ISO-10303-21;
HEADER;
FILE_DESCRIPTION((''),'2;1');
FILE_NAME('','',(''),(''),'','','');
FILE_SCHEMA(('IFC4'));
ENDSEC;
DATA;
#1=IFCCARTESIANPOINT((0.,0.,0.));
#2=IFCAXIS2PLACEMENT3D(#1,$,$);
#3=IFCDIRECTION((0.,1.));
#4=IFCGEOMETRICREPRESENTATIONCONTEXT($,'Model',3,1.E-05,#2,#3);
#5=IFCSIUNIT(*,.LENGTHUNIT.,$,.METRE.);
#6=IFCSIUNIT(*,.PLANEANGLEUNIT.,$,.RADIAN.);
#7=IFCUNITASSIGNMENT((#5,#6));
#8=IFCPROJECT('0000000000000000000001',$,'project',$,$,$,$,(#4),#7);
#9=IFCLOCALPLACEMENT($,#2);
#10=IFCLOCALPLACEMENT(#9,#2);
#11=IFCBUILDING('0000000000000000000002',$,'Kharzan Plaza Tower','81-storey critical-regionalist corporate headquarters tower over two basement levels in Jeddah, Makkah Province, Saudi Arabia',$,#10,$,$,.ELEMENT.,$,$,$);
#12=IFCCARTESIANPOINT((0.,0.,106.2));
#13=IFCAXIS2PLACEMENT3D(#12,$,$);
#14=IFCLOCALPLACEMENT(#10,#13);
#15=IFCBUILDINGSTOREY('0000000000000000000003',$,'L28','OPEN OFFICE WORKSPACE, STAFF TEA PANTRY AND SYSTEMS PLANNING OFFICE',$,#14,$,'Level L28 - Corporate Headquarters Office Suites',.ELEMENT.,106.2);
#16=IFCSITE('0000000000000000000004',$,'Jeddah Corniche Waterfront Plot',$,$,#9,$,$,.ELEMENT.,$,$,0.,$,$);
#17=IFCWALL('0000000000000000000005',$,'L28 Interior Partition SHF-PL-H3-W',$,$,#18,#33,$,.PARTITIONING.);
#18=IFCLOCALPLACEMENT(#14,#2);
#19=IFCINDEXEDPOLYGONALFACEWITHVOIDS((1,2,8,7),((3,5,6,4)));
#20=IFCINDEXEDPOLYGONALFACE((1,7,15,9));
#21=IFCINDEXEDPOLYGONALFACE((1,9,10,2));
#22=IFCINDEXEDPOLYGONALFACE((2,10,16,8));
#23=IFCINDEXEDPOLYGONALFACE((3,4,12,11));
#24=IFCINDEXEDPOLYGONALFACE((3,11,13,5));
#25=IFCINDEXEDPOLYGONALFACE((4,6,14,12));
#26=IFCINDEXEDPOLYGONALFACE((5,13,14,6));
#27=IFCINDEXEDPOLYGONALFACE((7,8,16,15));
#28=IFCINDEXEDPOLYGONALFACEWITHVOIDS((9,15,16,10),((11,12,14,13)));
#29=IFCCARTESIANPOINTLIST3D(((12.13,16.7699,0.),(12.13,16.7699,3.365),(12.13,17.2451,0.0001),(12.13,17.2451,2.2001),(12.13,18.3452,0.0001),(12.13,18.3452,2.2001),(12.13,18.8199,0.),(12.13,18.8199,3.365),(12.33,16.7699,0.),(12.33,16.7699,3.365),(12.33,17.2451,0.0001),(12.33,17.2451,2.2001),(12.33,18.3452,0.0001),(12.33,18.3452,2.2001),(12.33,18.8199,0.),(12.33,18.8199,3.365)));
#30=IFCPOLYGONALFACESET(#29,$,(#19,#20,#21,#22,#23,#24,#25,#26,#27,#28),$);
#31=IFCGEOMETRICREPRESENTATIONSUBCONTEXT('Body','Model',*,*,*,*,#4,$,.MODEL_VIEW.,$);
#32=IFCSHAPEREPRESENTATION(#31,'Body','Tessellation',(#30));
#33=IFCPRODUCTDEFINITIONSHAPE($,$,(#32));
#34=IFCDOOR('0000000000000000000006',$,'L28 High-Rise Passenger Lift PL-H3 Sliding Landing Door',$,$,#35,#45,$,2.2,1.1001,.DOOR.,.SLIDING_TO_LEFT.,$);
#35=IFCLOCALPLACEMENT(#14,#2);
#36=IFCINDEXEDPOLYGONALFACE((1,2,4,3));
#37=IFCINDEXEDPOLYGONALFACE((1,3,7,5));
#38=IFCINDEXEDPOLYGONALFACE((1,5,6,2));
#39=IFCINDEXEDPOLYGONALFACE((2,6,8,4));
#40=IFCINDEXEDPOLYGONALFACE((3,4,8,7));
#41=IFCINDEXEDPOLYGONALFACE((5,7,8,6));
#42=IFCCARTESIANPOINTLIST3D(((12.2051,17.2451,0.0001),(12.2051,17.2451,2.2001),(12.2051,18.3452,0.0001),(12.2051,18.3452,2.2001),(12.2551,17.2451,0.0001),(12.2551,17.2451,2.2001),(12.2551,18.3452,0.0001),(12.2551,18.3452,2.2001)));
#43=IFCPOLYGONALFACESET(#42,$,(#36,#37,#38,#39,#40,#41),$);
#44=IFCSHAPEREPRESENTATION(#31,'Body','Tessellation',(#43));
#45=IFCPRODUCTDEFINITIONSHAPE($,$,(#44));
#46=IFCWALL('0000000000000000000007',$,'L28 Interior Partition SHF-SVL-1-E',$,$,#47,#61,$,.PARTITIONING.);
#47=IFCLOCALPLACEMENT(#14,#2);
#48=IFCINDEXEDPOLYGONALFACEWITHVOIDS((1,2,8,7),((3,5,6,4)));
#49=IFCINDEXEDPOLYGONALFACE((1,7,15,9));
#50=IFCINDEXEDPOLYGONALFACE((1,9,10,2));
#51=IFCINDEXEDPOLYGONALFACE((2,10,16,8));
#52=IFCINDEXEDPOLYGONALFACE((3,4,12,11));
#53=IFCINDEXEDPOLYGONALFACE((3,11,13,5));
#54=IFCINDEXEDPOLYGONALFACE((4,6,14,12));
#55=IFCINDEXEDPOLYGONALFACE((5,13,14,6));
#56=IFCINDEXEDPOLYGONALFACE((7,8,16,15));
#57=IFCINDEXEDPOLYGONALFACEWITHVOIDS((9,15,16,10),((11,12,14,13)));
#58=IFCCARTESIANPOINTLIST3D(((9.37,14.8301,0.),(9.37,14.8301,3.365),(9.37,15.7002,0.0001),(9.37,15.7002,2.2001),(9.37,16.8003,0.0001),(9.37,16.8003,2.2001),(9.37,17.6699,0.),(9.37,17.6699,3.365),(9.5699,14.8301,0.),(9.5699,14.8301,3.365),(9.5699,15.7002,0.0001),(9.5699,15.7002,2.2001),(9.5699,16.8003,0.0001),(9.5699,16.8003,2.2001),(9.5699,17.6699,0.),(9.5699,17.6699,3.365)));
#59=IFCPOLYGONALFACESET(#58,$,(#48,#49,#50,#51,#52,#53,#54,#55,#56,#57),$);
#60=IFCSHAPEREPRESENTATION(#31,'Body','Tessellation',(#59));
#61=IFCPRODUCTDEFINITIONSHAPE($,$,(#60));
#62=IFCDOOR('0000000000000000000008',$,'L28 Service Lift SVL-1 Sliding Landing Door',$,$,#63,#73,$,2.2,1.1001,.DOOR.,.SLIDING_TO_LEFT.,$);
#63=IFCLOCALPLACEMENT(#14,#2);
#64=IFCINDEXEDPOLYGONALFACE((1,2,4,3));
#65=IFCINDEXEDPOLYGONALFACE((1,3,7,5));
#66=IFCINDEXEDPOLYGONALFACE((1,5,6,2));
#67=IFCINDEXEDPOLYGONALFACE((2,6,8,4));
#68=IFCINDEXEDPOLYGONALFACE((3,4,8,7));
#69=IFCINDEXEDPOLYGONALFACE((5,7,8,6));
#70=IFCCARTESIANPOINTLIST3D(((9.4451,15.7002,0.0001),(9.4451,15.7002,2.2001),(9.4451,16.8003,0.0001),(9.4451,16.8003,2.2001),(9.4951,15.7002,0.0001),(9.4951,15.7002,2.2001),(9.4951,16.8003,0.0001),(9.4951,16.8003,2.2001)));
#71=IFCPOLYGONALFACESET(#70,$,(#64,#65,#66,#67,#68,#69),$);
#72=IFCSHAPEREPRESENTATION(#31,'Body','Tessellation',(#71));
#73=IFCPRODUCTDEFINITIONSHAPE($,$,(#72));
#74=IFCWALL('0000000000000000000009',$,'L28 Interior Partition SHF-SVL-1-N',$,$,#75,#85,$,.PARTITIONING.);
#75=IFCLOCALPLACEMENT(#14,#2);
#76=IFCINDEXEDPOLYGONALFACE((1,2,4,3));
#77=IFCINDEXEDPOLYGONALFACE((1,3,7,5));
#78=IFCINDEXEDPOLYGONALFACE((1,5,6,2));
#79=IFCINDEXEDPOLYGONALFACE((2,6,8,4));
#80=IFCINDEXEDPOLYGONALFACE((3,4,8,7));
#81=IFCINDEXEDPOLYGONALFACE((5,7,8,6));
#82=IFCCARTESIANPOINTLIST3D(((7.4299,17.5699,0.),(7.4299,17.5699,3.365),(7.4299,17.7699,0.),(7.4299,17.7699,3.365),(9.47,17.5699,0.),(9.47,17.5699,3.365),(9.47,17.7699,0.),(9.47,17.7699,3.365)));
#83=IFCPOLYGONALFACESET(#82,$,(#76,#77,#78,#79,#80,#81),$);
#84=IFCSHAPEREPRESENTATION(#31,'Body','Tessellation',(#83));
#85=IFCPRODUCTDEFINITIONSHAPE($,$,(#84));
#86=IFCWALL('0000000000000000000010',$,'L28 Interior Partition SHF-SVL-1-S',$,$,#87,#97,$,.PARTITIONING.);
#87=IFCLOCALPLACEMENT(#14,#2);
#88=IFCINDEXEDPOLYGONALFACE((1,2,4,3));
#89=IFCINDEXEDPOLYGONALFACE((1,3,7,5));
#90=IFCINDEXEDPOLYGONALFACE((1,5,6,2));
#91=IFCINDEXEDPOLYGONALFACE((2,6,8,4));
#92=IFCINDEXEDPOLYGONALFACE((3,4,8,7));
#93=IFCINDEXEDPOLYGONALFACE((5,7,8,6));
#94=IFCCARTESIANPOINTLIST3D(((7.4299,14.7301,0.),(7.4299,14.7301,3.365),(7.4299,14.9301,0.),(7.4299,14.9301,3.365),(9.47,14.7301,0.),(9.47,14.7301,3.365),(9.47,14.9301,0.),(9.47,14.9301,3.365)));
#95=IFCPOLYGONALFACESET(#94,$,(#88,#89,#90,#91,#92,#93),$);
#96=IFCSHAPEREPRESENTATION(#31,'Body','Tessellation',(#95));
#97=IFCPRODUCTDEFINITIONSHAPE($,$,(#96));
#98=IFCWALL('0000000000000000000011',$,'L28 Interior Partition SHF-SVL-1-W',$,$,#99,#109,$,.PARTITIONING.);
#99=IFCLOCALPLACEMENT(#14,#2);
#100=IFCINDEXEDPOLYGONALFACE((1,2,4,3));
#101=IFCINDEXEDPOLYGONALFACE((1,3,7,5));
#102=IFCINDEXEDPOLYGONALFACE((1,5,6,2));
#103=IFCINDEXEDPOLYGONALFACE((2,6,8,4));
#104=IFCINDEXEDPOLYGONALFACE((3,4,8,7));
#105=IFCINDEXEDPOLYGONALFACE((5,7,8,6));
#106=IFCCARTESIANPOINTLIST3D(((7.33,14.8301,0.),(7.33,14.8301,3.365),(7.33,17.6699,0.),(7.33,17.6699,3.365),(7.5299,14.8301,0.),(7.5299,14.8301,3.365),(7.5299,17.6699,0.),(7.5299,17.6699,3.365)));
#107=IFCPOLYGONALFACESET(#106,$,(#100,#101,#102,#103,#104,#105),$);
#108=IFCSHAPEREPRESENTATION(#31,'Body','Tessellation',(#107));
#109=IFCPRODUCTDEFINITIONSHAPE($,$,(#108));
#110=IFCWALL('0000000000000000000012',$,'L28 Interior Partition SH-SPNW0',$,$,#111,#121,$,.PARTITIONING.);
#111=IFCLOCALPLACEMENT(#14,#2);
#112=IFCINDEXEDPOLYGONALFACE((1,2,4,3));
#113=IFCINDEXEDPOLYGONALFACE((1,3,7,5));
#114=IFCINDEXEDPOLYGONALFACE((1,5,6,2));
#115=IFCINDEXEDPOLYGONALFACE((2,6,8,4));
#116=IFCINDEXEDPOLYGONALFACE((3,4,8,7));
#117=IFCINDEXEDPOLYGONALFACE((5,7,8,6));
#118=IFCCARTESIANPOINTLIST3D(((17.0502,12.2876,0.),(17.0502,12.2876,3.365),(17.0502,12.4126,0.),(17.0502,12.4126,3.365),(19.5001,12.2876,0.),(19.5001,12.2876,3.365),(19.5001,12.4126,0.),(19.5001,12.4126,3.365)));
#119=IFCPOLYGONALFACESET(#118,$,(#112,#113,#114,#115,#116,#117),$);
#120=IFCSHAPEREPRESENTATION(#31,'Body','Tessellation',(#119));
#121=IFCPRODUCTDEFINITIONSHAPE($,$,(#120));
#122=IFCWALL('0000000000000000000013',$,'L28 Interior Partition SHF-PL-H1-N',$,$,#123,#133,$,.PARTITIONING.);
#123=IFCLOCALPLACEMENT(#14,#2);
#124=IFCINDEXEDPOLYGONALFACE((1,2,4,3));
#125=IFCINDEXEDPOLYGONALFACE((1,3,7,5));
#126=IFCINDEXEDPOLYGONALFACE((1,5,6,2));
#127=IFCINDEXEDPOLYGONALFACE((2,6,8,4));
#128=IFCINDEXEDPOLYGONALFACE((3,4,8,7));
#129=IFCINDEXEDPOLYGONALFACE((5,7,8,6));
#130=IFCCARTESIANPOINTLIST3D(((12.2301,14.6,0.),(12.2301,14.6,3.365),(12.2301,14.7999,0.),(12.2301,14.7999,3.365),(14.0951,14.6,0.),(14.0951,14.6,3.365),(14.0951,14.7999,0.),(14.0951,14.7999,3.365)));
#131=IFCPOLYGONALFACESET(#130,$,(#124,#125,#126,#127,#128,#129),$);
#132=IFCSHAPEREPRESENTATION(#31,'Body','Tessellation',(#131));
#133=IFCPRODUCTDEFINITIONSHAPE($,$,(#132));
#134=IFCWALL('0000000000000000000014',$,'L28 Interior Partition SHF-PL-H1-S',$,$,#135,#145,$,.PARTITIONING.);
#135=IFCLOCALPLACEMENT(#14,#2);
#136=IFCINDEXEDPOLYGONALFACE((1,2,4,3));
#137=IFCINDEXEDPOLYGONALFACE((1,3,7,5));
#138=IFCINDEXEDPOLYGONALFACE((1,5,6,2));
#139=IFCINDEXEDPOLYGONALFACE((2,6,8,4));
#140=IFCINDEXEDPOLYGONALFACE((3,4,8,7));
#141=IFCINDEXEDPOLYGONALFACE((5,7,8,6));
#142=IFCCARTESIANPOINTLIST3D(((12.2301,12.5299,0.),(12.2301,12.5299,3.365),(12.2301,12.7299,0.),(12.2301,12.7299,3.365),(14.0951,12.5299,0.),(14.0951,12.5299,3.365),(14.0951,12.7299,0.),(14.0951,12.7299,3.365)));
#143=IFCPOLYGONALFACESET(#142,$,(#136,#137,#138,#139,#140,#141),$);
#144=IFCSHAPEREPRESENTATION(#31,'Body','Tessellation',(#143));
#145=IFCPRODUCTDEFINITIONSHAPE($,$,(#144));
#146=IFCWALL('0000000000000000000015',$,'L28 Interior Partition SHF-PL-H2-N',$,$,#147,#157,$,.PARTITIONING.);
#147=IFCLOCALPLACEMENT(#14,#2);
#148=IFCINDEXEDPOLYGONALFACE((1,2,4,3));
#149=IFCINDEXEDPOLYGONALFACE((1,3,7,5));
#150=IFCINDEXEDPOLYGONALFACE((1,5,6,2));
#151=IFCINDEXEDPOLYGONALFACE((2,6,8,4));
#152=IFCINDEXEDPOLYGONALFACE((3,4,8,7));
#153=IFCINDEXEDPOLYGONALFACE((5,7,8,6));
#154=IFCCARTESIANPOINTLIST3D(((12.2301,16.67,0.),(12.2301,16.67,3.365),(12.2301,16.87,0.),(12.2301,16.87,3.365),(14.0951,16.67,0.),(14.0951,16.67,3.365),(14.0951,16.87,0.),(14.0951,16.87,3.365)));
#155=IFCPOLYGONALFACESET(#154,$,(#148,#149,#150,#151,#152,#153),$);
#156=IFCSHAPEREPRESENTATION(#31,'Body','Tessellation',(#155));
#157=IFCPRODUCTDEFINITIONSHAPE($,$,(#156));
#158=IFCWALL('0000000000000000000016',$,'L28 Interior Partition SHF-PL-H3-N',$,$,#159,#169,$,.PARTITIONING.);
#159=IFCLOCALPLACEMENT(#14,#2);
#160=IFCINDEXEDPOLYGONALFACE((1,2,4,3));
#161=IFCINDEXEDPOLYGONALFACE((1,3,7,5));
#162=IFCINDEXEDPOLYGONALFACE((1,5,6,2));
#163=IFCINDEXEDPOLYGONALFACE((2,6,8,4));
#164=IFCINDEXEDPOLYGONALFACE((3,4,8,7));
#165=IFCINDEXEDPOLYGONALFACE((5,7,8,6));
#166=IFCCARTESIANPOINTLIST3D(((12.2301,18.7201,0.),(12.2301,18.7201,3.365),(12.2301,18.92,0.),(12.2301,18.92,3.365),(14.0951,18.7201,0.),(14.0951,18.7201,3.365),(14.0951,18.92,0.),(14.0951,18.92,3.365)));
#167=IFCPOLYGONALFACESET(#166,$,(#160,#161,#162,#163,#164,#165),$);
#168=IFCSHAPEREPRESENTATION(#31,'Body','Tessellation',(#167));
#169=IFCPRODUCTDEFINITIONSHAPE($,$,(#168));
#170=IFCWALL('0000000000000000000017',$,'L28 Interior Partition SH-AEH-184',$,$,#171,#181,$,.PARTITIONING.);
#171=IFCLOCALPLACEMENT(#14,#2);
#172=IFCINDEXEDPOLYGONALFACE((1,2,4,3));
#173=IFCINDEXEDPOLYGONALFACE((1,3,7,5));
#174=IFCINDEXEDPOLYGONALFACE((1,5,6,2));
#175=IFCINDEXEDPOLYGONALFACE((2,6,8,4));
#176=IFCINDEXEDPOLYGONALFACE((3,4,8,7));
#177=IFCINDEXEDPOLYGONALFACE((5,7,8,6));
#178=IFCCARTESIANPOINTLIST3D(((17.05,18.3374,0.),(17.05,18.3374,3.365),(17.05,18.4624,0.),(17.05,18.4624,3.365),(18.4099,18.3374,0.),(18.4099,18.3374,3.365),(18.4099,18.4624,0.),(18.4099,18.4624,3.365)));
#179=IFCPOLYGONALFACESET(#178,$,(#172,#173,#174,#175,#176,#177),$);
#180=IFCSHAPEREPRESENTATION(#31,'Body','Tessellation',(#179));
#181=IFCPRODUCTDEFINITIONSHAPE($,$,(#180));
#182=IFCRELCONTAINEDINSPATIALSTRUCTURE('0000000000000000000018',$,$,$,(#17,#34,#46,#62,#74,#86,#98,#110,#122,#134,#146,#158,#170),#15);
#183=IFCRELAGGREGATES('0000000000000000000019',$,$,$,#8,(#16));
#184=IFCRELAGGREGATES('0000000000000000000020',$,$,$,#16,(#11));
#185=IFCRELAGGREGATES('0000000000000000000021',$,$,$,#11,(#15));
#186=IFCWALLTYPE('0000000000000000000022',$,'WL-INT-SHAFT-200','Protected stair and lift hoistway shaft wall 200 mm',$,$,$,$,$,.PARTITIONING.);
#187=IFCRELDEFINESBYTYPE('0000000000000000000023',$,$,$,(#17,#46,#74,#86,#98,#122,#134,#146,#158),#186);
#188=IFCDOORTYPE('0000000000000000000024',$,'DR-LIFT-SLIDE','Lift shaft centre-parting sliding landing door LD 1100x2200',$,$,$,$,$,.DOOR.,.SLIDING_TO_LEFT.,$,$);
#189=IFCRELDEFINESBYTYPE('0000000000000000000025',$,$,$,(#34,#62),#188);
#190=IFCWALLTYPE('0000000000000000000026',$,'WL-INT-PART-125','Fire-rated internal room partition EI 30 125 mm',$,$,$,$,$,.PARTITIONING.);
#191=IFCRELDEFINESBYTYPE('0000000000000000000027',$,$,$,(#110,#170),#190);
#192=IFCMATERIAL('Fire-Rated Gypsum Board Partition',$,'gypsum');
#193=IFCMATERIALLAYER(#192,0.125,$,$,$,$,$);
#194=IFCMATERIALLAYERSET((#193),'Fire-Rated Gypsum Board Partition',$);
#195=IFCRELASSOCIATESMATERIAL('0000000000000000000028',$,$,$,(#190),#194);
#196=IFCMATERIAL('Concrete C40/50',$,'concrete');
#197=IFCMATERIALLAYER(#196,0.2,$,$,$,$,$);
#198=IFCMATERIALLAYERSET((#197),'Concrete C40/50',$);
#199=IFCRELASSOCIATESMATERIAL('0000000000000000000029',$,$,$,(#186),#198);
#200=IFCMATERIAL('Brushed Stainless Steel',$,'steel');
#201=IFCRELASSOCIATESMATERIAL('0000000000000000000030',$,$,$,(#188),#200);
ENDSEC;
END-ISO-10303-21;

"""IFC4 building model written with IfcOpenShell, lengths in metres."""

from ifc_helpers import new_model, si_unit, direction, frame, frame_2d, origin, place, context, subcontext, project, spatial, rectangle, extrude, source, transform, mapped, material, layer, layer_set, type_object, element, fill, save


model = new_model("IFC4")

# Units and contexts
model_context = context("Model", 3, precision=1e-05, world=origin(), true_north=direction((0.0, 1.0)))
body_context = subcontext(model_context, "Body", "Model", "MODEL_VIEW")
ifc_project = project(units=[si_unit("LENGTHUNIT", "METRE"), si_unit("PLANEANGLEUNIT", "RADIAN")], contexts=[model_context])

# Site, building, storey
site_placement = place(None, origin())
site = spatial("IfcSite", under=ifc_project, at=site_placement, Name="Jeddah Corniche Waterfront Plot", CompositionType="ELEMENT", RefElevation=0.0)
building_placement = place(site_placement, origin())
building = spatial("IfcBuilding", under=site, at=building_placement, Name="Kharzan Plaza Tower", Description="81-storey critical-regionalist corporate headquarters tower over two basement levels in Jeddah, Makkah Province, Saudi Arabia", CompositionType="ELEMENT")
storey_placement = place(building_placement, frame((0.0, 0.0, 106.2)))
storey = spatial("IfcBuildingStorey", under=building, at=storey_placement, Name="L28", Description="OPEN OFFICE WORKSPACE, STAFF TEA PANTRY AND SYSTEMS PLANNING OFFICE", LongName="Level L28 - Corporate Headquarters Office Suites", CompositionType="ELEMENT", Elevation=106.2)

# Walls, openings, doors
ifc_material_1 = material(Name="Fire-Rated Gypsum Board Partition", Category="gypsum")
ifc_layer_1 = layer(ifc_material_1, 0.125)
ifc_layer_set_1 = layer_set([ifc_layer_1], Name="Fire-Rated Gypsum Board Partition")
wall_type_1 = type_object("IfcWallType", Name="WL-INT-PART-125", Description="Fire-rated internal room partition EI 30 125 mm", PredefinedType="PARTITIONING", material=ifc_layer_set_1)
ifc_material_2 = material(Name="Concrete C40/50", Category="concrete")
ifc_layer_2 = layer(ifc_material_2, 0.2)
ifc_layer_set_2 = layer_set([ifc_layer_2], Name="Concrete C40/50")
wall_type_2 = type_object("IfcWallType", Name="WL-INT-SHAFT-200", Description="Protected stair and lift hoistway shaft wall 200 mm", PredefinedType="PARTITIONING", material=ifc_layer_set_2)
ifc_material_3 = material(Name="Brushed Stainless Steel", Category="steel")
door_type_1 = type_object("IfcDoorType", Name="DR-LIFT-SLIDE", Description="Lift shaft centre-parting sliding landing door LD 1100x2200", OperationType="SLIDING_TO_LEFT", PredefinedType="DOOR", material=ifc_material_3)
shared_shape_1 = source(origin(), body_context, "Body", "SweptSolid", [
    extrude(rectangle(XDim=1.1001, YDim=2.2, at=frame_2d((0.55, 1.1001))), frame((0.0, 0.0249, 0.0), z_axis=(0.0, -1.0, 0.0), x_axis=(1.0, 0.0, 0.0)), (0.0, 0.0, 1.0), 0.05),
])
wall_1_placement = place(storey_placement, frame((12.23, 16.77, 0.0), z_axis=(0.0, 0.0, 1.0), x_axis=(0.0, 1.0, 0.0)))
wall_1 = element("IfcWall", 1, at=wall_1_placement, inside=storey, type_object=wall_type_2, Name="L28 Interior Partition SHF-PL-H3-W", PredefinedType="PARTITIONING", context=body_context, shape_type="SweptSolid", body=[
    extrude(rectangle(XDim=2.05, YDim=0.2, at=frame_2d((1.0249, 0.0))), origin(), (0.0, 0.0, 1.0), 3.365),
])
opening_1_placement = place(wall_1_placement, frame((0.4751, 0.0, 0.0)))
opening_1 = element("IfcOpeningElement", 2, at=opening_1_placement, cuts=wall_1, PredefinedType="OPENING", context=body_context, shape_type="SweptSolid", body=[
    extrude(rectangle(XDim=1.1001, YDim=2.2, at=frame_2d((0.55, 1.1001))), frame((0.0, 0.1099, 0.0), z_axis=(0.0, -1.0, 0.0), x_axis=(1.0, 0.0, 0.0)), (0.0, 0.0, 1.0), 0.22),
])
door_1_placement = place(opening_1_placement, origin())
door_1 = element("IfcDoor", 3, at=door_1_placement, inside=storey, type_object=door_type_1, Name="L28 High-Rise Passenger Lift PL-H3 Sliding Landing Door", OperationType="SLIDING_TO_LEFT", OverallHeight=2.2, OverallWidth=1.1001, PredefinedType="DOOR", context=body_context, shape_type="MappedRepresentation", body=[
    mapped(shared_shape_1, transform((0.0, 0.0, 0.0), x_axis=(1.0, 0.0, 0.0), y_axis=(0.0, 1.0, 0.0), z_axis=(0.0, 0.0, 1.0))),
])
fill(opening_1, door_1)
wall_2_placement = place(storey_placement, frame((9.47, 14.8301, 0.0), z_axis=(0.0, 0.0, 1.0), x_axis=(0.0, 1.0, 0.0)))
wall_2 = element("IfcWall", 4, at=wall_2_placement, inside=storey, type_object=wall_type_2, Name="L28 Interior Partition SHF-SVL-1-E", PredefinedType="PARTITIONING", context=body_context, shape_type="SweptSolid", body=[
    extrude(rectangle(XDim=2.8398, YDim=0.2, at=frame_2d((1.4199, 0.0))), origin(), (0.0, 0.0, 1.0), 3.365),
])
opening_2_placement = place(wall_2_placement, frame((0.8701, 0.0, 0.0)))
opening_2 = element("IfcOpeningElement", 5, at=opening_2_placement, cuts=wall_2, PredefinedType="OPENING", context=body_context, shape_type="SweptSolid", body=[
    extrude(rectangle(XDim=1.1001, YDim=2.2, at=frame_2d((0.55, 1.1001))), frame((0.0, 0.1099, 0.0), z_axis=(0.0, -1.0, 0.0), x_axis=(1.0, 0.0, 0.0)), (0.0, 0.0, 1.0), 0.22),
])
door_2_placement = place(opening_2_placement, origin())
door_2 = element("IfcDoor", 6, at=door_2_placement, inside=storey, type_object=door_type_1, Name="L28 Service Lift SVL-1 Sliding Landing Door", OperationType="SLIDING_TO_LEFT", OverallHeight=2.2, OverallWidth=1.1001, PredefinedType="DOOR", context=body_context, shape_type="MappedRepresentation", body=[
    mapped(shared_shape_1, transform((0.0, 0.0, 0.0), x_axis=(1.0, 0.0, 0.0), y_axis=(0.0, 1.0, 0.0), z_axis=(0.0, 0.0, 1.0))),
])
fill(opening_2, door_2)

# Walls
shared_shape_2 = source(origin(), body_context, "Body", "SweptSolid", [
    extrude(rectangle(XDim=2.04, YDim=0.2, at=frame_2d((1.02, 0.0))), origin(), (0.0, 0.0, 1.0), 3.365),
])
for number, where, z_axis, x_axis, name in (
    (7, (7.4299, 17.6699, 0.0), (0.0, 0.0, 1.0), (1.0, 0.0, 0.0), "L28 Interior Partition SHF-SVL-1-N"),
    (8, (7.4299, 14.8301, 0.0), (0.0, 0.0, 1.0), (1.0, 0.0, 0.0), "L28 Interior Partition SHF-SVL-1-S"),
):
    element("IfcWall", number, at=place(storey_placement, frame(where, z_axis=z_axis, x_axis=x_axis)), inside=storey, type_object=wall_type_2, Name=name, PredefinedType="PARTITIONING", context=body_context, shape_type="MappedRepresentation", body=[
        mapped(shared_shape_2, transform((0.0, 0.0, 0.0), x_axis=(1.0, 0.0, 0.0), y_axis=(0.0, 1.0, 0.0), z_axis=(0.0, 0.0, 1.0))),
    ])
shared_shape_3 = source(origin(), body_context, "Body", "SweptSolid", [
    extrude(rectangle(XDim=2.8398, YDim=0.2, at=frame_2d((1.4199, 0.0))), origin(), (0.0, 0.0, 1.0), 3.365),
])
wall_3_placement = place(storey_placement, frame((7.4299, 14.8301, 0.0), z_axis=(0.0, 0.0, 1.0), x_axis=(0.0, 1.0, 0.0)))
element("IfcWall", 9, at=wall_3_placement, inside=storey, type_object=wall_type_2, Name="L28 Interior Partition SHF-SVL-1-W", PredefinedType="PARTITIONING", context=body_context, shape_type="MappedRepresentation", body=[
    mapped(shared_shape_3, transform((0.0, 0.0, 0.0), x_axis=(1.0, 0.0, 0.0), y_axis=(0.0, 1.0, 0.0), z_axis=(0.0, 0.0, 1.0))),
])
shared_shape_4 = source(origin(), body_context, "Body", "SweptSolid", [
    extrude(rectangle(XDim=2.45, YDim=0.125, at=frame_2d((1.2251, 0.0))), origin(), (0.0, 0.0, 1.0), 3.365),
])
wall_4_placement = place(storey_placement, frame((17.05, 12.3501, 0.0), z_axis=(0.0, 0.0, 1.0), x_axis=(1.0, 0.0, 0.0)))
element("IfcWall", 10, at=wall_4_placement, inside=storey, type_object=wall_type_1, Name="L28 Interior Partition SH-SPNW0", PredefinedType="PARTITIONING", context=body_context, shape_type="MappedRepresentation", body=[
    mapped(shared_shape_4, transform((0.0, 0.0, 0.0), x_axis=(1.0, 0.0, 0.0), y_axis=(0.0, 1.0, 0.0), z_axis=(0.0, 0.0, 1.0))),
])
shared_shape_5 = source(origin(), body_context, "Body", "SweptSolid", [
    extrude(rectangle(XDim=1.865, YDim=0.2, at=frame_2d((0.9326, 0.0))), origin(), (0.0, 0.0, 1.0), 3.365),
])
for number, where, z_axis, x_axis, name in (
    (11, (12.23, 14.7, 0.0), (0.0, 0.0, 1.0), (1.0, 0.0, 0.0), "L28 Interior Partition SHF-PL-H1-N"),
    (12, (12.23, 12.6299, 0.0), (0.0, 0.0, 1.0), (1.0, 0.0, 0.0), "L28 Interior Partition SHF-PL-H1-S"),
    (13, (12.23, 16.77, 0.0), (0.0, 0.0, 1.0), (1.0, 0.0, 0.0), "L28 Interior Partition SHF-PL-H2-N"),
    (14, (12.23, 18.8201, 0.0), (0.0, 0.0, 1.0), (1.0, 0.0, 0.0), "L28 Interior Partition SHF-PL-H3-N"),
):
    element("IfcWall", number, at=place(storey_placement, frame(where, z_axis=z_axis, x_axis=x_axis)), inside=storey, type_object=wall_type_2, Name=name, PredefinedType="PARTITIONING", context=body_context, shape_type="MappedRepresentation", body=[
        mapped(shared_shape_5, transform((0.0, 0.0, 0.0), x_axis=(1.0, 0.0, 0.0), y_axis=(0.0, 1.0, 0.0), z_axis=(0.0, 0.0, 1.0))),
    ])
shared_shape_6 = source(origin(), body_context, "Body", "SweptSolid", [
    extrude(rectangle(XDim=1.3599, YDim=0.125, at=frame_2d((0.6799, 0.0))), origin(), (0.0, 0.0, 1.0), 3.365),
])
wall_5_placement = place(storey_placement, frame((17.05, 18.3999, 0.0), z_axis=(0.0, 0.0, 1.0), x_axis=(1.0, 0.0, 0.0)))
element("IfcWall", 15, at=wall_5_placement, inside=storey, type_object=wall_type_1, Name="L28 Interior Partition SH-AEH-184", PredefinedType="PARTITIONING", context=body_context, shape_type="MappedRepresentation", body=[
    mapped(shared_shape_6, transform((0.0, 0.0, 0.0), x_axis=(1.0, 0.0, 0.0), y_axis=(0.0, 1.0, 0.0), z_axis=(0.0, 0.0, 1.0))),
])

save(model, "model.ifc")
